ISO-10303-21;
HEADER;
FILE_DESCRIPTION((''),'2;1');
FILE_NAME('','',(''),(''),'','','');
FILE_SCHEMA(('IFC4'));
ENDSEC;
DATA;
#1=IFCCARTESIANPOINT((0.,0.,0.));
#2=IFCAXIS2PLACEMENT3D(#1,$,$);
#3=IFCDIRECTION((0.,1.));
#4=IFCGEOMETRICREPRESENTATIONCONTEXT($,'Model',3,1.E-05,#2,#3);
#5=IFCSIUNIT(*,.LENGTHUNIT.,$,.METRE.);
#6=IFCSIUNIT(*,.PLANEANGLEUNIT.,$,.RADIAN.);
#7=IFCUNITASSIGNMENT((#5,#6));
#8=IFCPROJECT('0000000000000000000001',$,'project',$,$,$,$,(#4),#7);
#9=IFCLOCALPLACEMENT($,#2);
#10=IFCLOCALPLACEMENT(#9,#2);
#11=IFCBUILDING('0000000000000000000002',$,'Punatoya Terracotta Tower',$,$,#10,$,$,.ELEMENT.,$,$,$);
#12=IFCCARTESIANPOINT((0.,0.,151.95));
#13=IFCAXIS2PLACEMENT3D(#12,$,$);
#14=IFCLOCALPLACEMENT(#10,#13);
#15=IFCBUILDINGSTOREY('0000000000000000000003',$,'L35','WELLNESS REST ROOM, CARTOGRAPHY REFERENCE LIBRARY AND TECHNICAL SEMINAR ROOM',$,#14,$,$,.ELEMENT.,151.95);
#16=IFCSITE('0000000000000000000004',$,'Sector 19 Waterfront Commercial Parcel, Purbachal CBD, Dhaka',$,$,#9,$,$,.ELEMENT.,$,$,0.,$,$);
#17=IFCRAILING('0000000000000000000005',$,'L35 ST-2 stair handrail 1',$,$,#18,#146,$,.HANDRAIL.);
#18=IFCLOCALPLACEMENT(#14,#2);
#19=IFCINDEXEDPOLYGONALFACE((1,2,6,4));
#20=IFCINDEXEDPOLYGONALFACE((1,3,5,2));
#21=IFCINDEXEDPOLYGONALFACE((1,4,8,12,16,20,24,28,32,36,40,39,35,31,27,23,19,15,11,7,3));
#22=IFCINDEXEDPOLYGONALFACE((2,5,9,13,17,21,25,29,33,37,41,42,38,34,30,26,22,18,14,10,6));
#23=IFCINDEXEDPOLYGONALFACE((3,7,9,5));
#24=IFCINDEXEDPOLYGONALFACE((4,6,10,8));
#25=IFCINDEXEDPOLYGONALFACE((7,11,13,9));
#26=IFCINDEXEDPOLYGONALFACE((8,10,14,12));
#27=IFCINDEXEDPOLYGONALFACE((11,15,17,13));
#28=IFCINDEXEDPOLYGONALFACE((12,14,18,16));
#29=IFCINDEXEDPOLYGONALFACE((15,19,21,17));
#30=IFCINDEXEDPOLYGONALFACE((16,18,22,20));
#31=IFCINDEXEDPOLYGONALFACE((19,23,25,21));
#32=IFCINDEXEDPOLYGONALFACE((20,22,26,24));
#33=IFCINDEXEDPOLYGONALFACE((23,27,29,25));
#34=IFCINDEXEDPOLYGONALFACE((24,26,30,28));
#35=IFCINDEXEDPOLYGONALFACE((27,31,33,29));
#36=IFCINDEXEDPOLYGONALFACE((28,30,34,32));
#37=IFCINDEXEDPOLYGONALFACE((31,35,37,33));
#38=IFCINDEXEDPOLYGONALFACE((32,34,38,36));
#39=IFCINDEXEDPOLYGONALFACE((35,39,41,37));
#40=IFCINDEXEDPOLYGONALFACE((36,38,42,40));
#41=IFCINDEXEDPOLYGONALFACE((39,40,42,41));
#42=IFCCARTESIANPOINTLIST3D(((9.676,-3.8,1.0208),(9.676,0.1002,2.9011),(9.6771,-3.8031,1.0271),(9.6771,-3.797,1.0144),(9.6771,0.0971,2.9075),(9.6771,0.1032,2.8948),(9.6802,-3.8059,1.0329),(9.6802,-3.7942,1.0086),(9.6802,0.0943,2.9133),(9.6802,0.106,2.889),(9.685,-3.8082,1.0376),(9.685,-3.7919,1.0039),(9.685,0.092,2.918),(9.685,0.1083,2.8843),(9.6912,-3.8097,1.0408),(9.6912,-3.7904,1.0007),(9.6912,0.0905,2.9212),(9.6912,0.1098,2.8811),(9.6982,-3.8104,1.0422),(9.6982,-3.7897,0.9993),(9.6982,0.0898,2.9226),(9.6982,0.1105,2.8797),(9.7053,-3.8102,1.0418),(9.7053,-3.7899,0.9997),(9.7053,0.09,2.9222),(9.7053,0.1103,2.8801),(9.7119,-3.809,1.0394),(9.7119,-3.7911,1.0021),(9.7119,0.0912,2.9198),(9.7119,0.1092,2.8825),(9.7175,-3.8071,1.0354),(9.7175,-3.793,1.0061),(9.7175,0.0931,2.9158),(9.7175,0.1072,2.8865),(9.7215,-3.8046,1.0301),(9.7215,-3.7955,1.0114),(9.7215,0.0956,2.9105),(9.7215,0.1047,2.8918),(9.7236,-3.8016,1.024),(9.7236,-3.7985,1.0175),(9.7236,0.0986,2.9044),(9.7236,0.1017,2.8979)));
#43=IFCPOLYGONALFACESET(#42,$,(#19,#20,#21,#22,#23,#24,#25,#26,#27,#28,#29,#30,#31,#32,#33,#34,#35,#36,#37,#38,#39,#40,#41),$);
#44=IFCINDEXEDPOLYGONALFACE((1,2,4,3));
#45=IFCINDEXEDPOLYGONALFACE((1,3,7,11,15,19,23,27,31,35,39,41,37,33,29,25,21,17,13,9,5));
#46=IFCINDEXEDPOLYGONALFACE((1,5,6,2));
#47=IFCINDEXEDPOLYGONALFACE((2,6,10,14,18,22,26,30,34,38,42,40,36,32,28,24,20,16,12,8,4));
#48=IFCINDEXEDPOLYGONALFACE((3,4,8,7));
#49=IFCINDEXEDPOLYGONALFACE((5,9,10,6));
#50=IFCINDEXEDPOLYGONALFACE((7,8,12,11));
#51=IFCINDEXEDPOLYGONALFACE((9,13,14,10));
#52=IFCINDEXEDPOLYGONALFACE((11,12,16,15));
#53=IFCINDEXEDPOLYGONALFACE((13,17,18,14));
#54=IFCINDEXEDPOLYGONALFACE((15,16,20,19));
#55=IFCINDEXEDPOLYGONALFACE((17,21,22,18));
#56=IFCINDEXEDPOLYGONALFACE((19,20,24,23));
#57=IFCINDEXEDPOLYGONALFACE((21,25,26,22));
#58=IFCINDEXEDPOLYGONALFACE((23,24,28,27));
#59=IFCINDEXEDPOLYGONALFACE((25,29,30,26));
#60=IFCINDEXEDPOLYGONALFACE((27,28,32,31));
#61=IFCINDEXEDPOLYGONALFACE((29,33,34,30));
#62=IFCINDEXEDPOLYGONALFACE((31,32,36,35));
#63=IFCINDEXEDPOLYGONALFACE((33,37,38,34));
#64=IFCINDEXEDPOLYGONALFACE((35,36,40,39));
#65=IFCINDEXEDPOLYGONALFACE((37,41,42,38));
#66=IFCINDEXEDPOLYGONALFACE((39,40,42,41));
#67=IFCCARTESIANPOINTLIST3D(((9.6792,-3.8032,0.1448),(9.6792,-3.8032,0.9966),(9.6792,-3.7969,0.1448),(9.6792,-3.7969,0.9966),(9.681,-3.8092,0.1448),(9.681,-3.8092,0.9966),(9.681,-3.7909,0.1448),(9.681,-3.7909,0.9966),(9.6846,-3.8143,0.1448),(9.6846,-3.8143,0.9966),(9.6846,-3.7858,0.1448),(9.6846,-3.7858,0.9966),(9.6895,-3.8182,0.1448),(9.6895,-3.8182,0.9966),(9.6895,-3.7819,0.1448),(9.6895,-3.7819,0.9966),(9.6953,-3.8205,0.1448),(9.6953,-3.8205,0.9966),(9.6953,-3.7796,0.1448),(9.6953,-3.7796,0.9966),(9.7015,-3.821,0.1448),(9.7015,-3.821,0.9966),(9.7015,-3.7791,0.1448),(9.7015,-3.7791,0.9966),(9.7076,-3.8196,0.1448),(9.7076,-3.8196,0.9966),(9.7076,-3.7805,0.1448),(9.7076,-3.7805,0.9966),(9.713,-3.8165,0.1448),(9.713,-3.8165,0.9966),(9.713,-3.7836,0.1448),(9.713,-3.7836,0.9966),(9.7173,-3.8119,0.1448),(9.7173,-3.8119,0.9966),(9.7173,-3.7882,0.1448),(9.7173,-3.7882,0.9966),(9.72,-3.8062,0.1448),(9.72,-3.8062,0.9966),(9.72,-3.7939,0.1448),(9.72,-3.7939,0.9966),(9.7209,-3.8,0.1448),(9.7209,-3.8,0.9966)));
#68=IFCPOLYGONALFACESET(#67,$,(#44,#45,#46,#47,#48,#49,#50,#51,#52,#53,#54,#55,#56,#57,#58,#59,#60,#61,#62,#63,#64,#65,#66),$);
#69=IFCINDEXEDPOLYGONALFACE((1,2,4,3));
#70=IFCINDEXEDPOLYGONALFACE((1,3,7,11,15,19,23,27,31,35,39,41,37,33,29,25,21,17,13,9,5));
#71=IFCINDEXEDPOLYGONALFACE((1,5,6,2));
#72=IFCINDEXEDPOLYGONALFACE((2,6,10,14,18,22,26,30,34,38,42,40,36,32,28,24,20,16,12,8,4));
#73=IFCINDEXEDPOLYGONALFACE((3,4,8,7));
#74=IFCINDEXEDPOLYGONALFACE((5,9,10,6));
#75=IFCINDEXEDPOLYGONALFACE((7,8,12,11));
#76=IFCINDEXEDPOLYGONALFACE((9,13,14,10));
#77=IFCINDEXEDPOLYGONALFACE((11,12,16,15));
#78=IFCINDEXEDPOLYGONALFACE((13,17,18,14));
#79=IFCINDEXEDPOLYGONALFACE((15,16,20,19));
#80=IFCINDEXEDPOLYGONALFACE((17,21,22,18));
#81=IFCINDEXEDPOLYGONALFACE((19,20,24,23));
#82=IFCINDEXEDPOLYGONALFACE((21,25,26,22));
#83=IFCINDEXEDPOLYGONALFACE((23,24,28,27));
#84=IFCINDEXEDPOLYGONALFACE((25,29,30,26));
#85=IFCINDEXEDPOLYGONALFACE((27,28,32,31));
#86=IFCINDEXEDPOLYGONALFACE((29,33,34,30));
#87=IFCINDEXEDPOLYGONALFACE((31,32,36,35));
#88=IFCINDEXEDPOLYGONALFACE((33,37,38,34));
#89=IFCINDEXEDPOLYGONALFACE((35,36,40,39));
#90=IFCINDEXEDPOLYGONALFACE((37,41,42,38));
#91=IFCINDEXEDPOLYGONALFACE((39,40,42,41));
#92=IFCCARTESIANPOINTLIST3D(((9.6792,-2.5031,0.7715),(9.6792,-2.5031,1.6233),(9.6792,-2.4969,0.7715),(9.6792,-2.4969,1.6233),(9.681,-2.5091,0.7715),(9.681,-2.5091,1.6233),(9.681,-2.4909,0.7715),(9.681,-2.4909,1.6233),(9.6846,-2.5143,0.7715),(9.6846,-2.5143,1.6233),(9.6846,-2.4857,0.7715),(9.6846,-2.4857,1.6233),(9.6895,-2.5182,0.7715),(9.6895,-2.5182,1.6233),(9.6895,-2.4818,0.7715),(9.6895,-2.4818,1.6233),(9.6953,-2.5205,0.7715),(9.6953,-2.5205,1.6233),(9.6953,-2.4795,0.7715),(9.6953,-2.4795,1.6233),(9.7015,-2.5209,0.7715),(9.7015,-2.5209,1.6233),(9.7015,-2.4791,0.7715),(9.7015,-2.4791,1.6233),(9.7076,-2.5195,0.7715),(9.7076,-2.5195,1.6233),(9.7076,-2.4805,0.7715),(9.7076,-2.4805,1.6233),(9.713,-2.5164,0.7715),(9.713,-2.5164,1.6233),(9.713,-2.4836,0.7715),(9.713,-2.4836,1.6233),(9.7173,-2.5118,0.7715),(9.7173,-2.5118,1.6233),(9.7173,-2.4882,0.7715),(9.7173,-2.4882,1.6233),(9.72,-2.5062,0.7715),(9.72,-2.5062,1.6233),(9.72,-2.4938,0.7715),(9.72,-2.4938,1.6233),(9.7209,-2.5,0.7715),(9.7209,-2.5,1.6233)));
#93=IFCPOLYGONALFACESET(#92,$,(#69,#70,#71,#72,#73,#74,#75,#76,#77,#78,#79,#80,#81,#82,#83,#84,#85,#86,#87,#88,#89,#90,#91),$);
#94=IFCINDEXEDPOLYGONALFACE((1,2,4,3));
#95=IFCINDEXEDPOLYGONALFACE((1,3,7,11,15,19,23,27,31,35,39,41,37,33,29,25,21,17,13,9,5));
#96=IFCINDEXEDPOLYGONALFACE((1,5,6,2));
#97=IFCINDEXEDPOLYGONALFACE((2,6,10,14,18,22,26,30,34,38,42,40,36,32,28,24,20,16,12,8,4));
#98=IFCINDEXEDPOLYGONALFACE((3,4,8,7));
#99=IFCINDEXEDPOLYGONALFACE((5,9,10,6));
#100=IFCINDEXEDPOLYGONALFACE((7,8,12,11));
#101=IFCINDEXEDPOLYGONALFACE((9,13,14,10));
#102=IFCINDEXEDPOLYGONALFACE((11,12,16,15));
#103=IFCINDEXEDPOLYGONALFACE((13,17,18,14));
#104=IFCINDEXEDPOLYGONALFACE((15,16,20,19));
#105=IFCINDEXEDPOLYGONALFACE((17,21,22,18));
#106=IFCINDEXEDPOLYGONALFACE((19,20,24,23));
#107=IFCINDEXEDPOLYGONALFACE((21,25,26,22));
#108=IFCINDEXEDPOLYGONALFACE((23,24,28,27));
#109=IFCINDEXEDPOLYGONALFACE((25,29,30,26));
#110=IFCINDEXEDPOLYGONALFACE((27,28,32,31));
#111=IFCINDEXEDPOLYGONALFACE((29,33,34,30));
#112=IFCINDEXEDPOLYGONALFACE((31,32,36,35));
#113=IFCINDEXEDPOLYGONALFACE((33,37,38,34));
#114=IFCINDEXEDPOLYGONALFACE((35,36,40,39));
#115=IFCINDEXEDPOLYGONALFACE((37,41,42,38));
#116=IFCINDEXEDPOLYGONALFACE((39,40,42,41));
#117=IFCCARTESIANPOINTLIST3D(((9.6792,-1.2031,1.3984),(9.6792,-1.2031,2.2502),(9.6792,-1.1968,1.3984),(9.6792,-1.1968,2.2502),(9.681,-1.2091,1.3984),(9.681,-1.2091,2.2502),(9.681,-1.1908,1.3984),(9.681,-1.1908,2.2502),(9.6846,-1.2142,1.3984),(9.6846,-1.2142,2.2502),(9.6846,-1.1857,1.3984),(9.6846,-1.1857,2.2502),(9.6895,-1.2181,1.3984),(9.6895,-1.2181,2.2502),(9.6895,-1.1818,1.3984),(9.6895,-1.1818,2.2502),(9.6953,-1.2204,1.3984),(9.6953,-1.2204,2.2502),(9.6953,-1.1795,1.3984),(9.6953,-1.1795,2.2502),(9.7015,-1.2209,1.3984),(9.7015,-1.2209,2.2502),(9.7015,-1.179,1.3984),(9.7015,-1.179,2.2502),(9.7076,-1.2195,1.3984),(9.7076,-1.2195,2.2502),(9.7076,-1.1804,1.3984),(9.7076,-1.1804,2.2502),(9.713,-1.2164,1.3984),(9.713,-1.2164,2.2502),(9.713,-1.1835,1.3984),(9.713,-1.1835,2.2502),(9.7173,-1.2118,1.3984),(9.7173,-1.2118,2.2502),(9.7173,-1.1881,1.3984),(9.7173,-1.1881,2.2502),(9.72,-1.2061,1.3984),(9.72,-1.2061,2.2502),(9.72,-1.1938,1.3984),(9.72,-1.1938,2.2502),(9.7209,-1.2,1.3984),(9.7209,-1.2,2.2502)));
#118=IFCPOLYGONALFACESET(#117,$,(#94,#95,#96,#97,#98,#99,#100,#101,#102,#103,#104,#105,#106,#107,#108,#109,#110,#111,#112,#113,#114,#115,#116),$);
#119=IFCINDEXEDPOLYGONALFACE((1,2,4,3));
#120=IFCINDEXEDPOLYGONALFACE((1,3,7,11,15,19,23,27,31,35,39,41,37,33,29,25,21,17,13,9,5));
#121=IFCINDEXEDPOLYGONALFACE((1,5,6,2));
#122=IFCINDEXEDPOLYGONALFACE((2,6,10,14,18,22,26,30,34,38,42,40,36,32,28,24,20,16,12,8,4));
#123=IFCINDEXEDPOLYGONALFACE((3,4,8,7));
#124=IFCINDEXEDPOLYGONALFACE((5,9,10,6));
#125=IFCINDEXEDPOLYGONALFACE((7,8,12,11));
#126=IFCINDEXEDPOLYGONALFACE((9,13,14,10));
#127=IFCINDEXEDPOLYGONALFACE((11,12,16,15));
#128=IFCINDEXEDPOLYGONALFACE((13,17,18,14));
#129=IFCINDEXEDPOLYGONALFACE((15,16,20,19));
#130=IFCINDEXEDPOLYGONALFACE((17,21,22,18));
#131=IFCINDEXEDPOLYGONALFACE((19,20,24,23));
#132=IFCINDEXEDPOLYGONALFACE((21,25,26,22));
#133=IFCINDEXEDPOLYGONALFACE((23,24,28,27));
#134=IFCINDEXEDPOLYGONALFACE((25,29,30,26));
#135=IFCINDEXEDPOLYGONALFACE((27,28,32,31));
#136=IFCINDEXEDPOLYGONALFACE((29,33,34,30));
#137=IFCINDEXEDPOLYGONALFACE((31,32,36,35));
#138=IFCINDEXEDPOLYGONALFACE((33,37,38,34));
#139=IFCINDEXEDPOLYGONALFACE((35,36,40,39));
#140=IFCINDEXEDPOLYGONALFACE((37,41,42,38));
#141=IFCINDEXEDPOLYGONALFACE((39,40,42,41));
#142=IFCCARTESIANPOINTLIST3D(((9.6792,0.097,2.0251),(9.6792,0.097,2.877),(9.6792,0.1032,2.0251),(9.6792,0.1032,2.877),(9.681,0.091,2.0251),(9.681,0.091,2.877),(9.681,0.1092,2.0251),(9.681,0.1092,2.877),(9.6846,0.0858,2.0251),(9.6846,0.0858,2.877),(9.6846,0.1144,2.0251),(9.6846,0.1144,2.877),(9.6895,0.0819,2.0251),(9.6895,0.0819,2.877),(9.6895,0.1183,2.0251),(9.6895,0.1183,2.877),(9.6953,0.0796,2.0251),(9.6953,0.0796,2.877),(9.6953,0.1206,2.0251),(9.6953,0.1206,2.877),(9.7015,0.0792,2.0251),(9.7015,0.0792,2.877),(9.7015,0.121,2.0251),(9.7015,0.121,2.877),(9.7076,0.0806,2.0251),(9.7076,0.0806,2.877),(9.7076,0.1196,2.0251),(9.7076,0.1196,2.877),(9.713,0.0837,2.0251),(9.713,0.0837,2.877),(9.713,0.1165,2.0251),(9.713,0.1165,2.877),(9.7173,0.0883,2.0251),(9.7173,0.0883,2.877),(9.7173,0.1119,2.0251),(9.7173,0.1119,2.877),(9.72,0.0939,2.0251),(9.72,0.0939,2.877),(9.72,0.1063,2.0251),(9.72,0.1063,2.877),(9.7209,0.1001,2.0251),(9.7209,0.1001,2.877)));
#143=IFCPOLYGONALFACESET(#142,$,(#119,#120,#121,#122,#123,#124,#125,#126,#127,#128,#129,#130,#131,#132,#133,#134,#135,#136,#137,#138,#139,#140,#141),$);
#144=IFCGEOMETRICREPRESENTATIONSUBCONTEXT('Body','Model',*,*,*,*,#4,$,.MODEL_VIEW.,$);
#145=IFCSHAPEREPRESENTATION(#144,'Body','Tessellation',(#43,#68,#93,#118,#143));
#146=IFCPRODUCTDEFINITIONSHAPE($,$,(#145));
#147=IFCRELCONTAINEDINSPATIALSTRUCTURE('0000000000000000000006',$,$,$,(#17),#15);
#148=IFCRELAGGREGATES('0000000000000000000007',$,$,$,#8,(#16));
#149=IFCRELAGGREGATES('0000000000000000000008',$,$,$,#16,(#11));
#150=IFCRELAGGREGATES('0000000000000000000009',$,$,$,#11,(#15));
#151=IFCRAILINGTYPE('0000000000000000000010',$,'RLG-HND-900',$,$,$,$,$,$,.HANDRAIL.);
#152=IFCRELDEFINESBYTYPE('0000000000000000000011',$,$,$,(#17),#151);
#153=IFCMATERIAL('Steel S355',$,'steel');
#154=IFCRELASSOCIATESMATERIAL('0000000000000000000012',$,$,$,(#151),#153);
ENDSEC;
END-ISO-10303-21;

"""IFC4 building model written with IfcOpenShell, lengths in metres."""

from ifc_helpers import new_model, si_unit, direction, frame, origin, origin_2d, place, context, subcontext, project, spatial, circle, extrude, material, type_object, element, save


model = new_model("IFC4")

# Units and contexts
model_context = context("Model", 3, precision=1e-05, world=origin(), true_north=direction((0.0, 1.0)))
body_context = subcontext(model_context, "Body", "Model", "MODEL_VIEW")
ifc_project = project(units=[si_unit("LENGTHUNIT", "METRE"), si_unit("PLANEANGLEUNIT", "RADIAN")], contexts=[model_context])

# Site, building, storey
site_placement = place(None, origin())
site = spatial("IfcSite", under=ifc_project, at=site_placement, Name="Sector 19 Waterfront Commercial Parcel, Purbachal CBD, Dhaka", CompositionType="ELEMENT", RefElevation=0.0)
building_placement = place(site_placement, origin())
building = spatial("IfcBuilding", under=site, at=building_placement, Name="Punatoya Terracotta Tower", CompositionType="ELEMENT")
storey_placement = place(building_placement, frame((0.0, 0.0, 151.95)))
storey = spatial("IfcBuildingStorey", under=building, at=storey_placement, Name="L35", Description="WELLNESS REST ROOM, CARTOGRAPHY REFERENCE LIBRARY AND TECHNICAL SEMINAR ROOM", CompositionType="ELEMENT", Elevation=151.95)

# Shared definitions
ifc_material_1 = material(Name="Steel S355", Category="steel")

# Railing
railing_type_1 = type_object("IfcRailingType", Name="RLG-HND-900", PredefinedType="HANDRAIL", material=ifc_material_1)
railing_1_placement = place(storey_placement, frame((9.7, -3.8, 0.1448)))
element("IfcRailing", 1, at=railing_1_placement, inside=storey, type_object=railing_type_1, Name="L35 ST-2 stair handrail 1", PredefinedType="HANDRAIL", context=body_context, shape_type="SweptSolid", body=[
    extrude(circle(Radius=0.0239, at=origin_2d()), frame((0.0, 0.0, 0.876), z_axis=(0.0, 0.900774, 0.434289), x_axis=(-1.0, 0.0, 0.0)), (0.0, 0.0, 1.0), 4.3298),
    extrude(circle(Radius=0.021, at=origin_2d()), origin(), (0.0, 0.0, 1.0), 0.8518),
    extrude(circle(Radius=0.021, at=origin_2d()), frame((0.0, 1.3, 0.6267)), (0.0, 0.0, 1.0), 0.8518),
    extrude(circle(Radius=0.021, at=origin_2d()), frame((0.0, 2.6001, 1.2537)), (0.0, 0.0, 1.0), 0.8518),
    extrude(circle(Radius=0.021, at=origin_2d()), frame((0.0, 3.9001, 1.8804)), (0.0, 0.0, 1.0), 0.8518),
])

save(model, "model.ifc")
